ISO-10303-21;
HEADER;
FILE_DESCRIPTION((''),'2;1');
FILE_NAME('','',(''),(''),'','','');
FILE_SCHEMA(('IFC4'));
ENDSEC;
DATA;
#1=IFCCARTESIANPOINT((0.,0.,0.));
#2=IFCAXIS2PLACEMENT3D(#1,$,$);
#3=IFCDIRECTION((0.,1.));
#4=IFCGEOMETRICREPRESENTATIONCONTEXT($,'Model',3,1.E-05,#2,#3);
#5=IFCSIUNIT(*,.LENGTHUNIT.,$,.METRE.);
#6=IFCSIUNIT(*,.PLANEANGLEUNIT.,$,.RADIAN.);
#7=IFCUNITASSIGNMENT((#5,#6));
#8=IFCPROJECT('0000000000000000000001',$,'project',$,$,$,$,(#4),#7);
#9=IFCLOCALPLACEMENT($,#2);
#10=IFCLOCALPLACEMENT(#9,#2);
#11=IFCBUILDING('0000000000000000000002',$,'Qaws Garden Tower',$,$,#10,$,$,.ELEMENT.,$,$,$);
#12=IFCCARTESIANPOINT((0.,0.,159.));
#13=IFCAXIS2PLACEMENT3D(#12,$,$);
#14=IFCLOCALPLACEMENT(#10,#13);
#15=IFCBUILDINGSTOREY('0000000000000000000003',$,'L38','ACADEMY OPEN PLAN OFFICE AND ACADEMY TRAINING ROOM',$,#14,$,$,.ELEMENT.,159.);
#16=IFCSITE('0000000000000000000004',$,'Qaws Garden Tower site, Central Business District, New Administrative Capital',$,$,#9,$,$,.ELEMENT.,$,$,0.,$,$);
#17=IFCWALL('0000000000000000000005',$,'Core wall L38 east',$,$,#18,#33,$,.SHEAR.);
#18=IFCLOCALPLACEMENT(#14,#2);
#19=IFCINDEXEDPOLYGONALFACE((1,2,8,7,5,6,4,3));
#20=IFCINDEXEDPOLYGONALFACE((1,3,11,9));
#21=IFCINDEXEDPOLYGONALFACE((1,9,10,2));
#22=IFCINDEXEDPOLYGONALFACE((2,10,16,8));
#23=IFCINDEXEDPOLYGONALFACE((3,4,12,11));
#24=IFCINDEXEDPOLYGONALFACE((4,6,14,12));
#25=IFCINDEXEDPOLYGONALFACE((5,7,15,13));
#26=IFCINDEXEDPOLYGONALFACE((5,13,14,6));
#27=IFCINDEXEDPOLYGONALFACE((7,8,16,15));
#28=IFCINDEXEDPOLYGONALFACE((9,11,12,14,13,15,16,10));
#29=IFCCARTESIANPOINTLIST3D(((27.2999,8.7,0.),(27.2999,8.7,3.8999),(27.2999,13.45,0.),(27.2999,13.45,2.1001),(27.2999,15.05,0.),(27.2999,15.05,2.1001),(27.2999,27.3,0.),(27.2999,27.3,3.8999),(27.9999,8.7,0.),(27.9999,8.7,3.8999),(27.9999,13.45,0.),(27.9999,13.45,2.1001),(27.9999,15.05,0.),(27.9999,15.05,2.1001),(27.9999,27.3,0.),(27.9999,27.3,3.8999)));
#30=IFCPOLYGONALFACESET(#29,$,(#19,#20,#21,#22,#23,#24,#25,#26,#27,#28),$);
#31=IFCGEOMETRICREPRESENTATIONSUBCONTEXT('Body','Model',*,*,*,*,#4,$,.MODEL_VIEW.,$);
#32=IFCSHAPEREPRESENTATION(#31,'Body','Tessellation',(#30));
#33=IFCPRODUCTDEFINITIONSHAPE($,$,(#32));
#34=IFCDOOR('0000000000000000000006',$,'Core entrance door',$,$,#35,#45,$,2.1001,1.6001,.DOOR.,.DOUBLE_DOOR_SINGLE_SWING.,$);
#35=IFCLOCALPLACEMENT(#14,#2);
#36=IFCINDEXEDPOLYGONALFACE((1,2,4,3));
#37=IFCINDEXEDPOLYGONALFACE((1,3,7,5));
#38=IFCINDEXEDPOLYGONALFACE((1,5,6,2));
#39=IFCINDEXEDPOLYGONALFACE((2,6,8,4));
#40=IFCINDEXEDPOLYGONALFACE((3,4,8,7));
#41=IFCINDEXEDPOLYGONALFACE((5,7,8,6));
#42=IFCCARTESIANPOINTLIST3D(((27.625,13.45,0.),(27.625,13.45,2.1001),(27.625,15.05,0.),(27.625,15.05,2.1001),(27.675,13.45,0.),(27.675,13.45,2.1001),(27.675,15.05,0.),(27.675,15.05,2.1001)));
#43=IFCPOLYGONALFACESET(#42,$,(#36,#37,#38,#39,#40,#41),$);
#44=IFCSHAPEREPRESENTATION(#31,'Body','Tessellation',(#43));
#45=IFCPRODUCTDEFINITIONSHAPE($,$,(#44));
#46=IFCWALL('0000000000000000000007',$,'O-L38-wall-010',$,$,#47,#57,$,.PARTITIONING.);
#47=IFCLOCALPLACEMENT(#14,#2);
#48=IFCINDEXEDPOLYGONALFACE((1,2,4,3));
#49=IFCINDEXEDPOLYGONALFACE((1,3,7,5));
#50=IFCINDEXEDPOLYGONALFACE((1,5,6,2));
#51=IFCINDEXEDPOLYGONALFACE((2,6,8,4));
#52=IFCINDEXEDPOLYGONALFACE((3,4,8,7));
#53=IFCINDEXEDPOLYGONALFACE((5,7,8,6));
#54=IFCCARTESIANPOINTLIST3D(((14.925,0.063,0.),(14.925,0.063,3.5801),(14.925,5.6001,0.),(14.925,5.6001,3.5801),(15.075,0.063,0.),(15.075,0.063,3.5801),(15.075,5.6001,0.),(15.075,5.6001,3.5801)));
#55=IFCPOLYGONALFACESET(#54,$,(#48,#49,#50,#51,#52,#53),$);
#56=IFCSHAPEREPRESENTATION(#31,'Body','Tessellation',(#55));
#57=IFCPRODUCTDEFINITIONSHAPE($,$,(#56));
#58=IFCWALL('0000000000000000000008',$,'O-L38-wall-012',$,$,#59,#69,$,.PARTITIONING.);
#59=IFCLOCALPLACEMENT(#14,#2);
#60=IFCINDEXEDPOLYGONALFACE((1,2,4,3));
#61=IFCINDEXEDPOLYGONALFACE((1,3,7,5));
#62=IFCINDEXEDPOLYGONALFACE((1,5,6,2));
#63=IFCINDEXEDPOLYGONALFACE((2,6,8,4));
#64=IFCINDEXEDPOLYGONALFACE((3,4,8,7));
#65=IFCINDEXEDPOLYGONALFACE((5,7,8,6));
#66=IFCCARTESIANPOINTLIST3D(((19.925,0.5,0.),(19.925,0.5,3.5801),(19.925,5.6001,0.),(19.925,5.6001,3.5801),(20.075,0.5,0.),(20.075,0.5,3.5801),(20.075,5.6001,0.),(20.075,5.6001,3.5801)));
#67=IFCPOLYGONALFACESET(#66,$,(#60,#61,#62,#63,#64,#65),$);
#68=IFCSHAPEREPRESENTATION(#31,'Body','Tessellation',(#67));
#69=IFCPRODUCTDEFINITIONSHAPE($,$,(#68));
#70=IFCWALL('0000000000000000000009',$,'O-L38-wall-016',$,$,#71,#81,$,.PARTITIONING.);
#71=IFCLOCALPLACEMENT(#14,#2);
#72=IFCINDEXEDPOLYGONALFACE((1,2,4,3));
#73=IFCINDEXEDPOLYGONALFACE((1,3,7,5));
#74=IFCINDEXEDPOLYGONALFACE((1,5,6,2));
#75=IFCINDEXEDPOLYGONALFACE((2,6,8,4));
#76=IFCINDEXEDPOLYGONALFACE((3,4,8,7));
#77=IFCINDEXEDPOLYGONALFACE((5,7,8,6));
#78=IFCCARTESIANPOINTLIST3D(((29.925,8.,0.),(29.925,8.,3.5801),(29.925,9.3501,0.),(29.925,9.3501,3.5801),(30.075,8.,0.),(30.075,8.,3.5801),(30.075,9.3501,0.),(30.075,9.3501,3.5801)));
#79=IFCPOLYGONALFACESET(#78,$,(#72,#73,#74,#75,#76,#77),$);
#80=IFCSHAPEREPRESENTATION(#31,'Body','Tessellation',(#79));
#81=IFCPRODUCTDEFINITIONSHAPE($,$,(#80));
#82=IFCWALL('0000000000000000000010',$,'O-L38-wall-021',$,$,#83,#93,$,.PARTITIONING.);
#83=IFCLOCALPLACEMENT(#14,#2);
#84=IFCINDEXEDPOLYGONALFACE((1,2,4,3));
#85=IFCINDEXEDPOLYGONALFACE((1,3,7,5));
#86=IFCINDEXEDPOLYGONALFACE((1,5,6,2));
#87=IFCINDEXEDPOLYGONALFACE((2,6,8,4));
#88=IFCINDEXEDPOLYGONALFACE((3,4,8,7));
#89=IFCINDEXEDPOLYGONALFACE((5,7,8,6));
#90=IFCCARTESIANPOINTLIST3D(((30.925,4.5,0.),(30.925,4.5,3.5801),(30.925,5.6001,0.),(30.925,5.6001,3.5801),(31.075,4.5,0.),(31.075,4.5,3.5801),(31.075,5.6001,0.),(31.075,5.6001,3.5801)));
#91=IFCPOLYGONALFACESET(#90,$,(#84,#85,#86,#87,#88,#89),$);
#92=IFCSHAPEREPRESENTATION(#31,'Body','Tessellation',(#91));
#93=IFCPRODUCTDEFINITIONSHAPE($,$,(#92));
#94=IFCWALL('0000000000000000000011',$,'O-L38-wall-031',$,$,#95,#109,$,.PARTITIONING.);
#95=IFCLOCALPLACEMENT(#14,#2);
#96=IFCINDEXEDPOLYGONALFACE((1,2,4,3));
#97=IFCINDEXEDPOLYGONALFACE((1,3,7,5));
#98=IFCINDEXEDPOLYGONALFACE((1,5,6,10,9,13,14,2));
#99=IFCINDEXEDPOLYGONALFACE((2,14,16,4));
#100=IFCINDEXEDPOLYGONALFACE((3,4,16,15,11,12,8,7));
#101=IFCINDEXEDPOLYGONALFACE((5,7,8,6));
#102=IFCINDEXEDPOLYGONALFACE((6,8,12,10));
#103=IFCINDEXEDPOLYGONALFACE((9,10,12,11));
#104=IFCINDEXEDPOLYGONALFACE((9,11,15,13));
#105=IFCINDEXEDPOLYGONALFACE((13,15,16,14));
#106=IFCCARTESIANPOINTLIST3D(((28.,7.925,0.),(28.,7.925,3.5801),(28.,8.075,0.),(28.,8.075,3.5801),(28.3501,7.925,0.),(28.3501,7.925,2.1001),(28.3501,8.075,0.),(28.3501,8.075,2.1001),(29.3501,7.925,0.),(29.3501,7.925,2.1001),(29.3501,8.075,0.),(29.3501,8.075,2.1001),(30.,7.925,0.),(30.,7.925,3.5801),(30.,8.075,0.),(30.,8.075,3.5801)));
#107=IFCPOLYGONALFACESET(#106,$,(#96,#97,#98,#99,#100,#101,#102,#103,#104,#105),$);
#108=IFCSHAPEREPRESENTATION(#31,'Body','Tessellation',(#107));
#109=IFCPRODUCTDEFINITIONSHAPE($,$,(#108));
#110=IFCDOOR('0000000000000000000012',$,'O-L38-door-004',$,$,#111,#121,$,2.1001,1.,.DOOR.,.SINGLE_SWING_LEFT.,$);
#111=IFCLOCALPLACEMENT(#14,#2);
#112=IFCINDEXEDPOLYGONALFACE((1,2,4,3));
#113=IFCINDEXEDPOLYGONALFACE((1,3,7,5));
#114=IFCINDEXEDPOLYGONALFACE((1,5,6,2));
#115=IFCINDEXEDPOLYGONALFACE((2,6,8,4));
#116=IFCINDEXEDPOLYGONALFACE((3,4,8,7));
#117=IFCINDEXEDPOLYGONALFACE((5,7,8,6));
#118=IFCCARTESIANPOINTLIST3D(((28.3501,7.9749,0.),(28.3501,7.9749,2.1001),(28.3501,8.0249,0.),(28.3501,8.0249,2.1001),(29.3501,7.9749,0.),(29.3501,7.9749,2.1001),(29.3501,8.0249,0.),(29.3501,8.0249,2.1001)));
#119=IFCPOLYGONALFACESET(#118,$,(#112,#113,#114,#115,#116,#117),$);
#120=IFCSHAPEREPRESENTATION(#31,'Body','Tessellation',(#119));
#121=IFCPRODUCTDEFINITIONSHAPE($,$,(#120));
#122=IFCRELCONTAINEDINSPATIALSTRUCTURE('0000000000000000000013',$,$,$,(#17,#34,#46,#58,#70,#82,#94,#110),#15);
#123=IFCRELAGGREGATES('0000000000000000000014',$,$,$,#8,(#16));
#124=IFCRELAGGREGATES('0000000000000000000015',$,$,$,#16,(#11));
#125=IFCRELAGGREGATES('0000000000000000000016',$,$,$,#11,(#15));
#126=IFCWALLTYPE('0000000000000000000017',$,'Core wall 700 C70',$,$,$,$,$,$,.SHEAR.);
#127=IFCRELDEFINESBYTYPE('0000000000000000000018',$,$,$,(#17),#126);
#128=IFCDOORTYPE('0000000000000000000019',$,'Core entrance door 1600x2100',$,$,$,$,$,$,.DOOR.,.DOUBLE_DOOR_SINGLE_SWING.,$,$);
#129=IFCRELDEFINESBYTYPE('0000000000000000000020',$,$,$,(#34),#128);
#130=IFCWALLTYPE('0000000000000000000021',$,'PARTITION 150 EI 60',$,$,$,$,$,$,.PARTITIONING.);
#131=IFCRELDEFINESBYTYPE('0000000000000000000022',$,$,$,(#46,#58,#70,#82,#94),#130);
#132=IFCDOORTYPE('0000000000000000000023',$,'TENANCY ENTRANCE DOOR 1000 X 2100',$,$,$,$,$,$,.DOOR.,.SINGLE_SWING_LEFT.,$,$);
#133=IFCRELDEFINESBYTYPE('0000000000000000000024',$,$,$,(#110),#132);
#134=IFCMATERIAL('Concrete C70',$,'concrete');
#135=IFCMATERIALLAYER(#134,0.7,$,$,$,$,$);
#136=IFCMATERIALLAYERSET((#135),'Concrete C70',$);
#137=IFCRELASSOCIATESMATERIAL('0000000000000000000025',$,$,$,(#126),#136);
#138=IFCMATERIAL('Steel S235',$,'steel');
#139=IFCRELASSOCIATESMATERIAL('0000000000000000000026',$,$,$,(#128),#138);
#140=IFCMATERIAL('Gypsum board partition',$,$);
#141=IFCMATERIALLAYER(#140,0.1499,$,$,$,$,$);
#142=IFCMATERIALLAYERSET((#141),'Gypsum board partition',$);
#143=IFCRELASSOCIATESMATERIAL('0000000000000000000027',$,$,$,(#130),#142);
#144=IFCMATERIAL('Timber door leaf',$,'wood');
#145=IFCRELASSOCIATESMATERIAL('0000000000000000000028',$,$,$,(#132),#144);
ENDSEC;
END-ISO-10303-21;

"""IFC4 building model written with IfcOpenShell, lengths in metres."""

from ifc_helpers import new_model, si_unit, direction, frame, frame_2d, origin, place, context, subcontext, project, spatial, rectangle, extrude, material, layer, layer_set, type_object, element, fill, save


model = new_model("IFC4")

# Units and contexts
model_context = context("Model", 3, precision=1e-05, world=origin(), true_north=direction((0.0, 1.0)))
body_context = subcontext(model_context, "Body", "Model", "MODEL_VIEW")
ifc_project = project(units=[si_unit("LENGTHUNIT", "METRE"), si_unit("PLANEANGLEUNIT", "RADIAN")], contexts=[model_context])

# Site, building, storey
site_placement = place(None, origin())
site = spatial("IfcSite", under=ifc_project, at=site_placement, Name="Qaws Garden Tower site, Central Business District, New Administrative Capital", CompositionType="ELEMENT", RefElevation=0.0)
building_placement = place(site_placement, origin())
building = spatial("IfcBuilding", under=site, at=building_placement, Name="Qaws Garden Tower", CompositionType="ELEMENT")
storey_placement = place(building_placement, frame((0.0, 0.0, 159.0)))
storey = spatial("IfcBuildingStorey", under=building, at=storey_placement, Name="L38", Description="ACADEMY OPEN PLAN OFFICE AND ACADEMY TRAINING ROOM", CompositionType="ELEMENT", Elevation=159.0)

# Wall, opening, door
ifc_material_1 = material(Name="Concrete C70", Category="concrete")
ifc_layer_1 = layer(ifc_material_1, 0.7)
ifc_layer_set_1 = layer_set([ifc_layer_1], Name="Concrete C70")
wall_type_1 = type_object("IfcWallType", Name="Core wall 700 C70", PredefinedType="SHEAR", material=ifc_layer_set_1)
wall_1_placement = place(storey_placement, frame((27.6499, 8.7, 0.0), z_axis=(0.0, 0.0, 1.0), x_axis=(0.0, 1.0, 0.0)))
wall_1 = element("IfcWall", 1, at=wall_1_placement, inside=storey, type_object=wall_type_1, Name="Core wall L38 east", PredefinedType="SHEAR", context=body_context, shape_type="SweptSolid", body=[
    extrude(rectangle(XDim=18.6001, YDim=0.7, at=frame_2d((9.3, 0.0))), origin(), (0.0, 0.0, 1.0), 3.8999),
])
opening_1_placement = place(wall_1_placement, frame((4.75, 0.0, 0.0)))
opening_1 = element("IfcOpeningElement", 2, at=opening_1_placement, cuts=wall_1, PredefinedType="OPENING", context=body_context, shape_type="SweptSolid", body=[
    extrude(rectangle(XDim=1.6001, YDim=2.1001, at=frame_2d((0.8, 1.05))), frame((0.0, 0.3599, 0.0), z_axis=(0.0, -1.0, 0.0), x_axis=(1.0, 0.0, 0.0)), (0.0, 0.0, 1.0), 0.72),
])
ifc_material_2 = material(Name="Steel S235", Category="steel")
door_type_1 = type_object("IfcDoorType", Name="Core entrance door 1600x2100", OperationType="DOUBLE_DOOR_SINGLE_SWING", PredefinedType="DOOR", material=ifc_material_2)
door_1_placement = place(opening_1_placement, origin())
door_1 = element("IfcDoor", 3, at=door_1_placement, inside=storey, type_object=door_type_1, Name="Core entrance door", OperationType="DOUBLE_DOOR_SINGLE_SWING", OverallHeight=2.1001, OverallWidth=1.6001, PredefinedType="DOOR", context=body_context, shape_type="SweptSolid", body=[
    extrude(rectangle(XDim=1.6001, YDim=2.1001, at=frame_2d((0.8, 1.05))), frame((0.0, 0.0249, 0.0), z_axis=(0.0, -1.0, 0.0), x_axis=(1.0, 0.0, 0.0)), (0.0, 0.0, 1.0), 0.05),
])
fill(opening_1, door_1)

# Walls
ifc_material_3 = material(Name="Gypsum board partition")
ifc_layer_2 = layer(ifc_material_3, 0.1499)
ifc_layer_set_2 = layer_set([ifc_layer_2], Name="Gypsum board partition")
wall_type_2 = type_object("IfcWallType", Name="PARTITION 150 EI 60", PredefinedType="PARTITIONING", material=ifc_layer_set_2)
wall_2_placement = place(storey_placement, frame((15.0, 0.063, 0.0), z_axis=(0.0, 0.0, 1.0), x_axis=(0.0, 1.0, 0.0)))
element("IfcWall", 4, at=wall_2_placement, inside=storey, type_object=wall_type_2, Name="O-L38-wall-010", PredefinedType="PARTITIONING", context=body_context, shape_type="SweptSolid", body=[
    extrude(rectangle(XDim=5.5371, YDim=0.1499, at=frame_2d((2.7686, 0.0))), origin(), (0.0, 0.0, 1.0), 3.5801),
])
wall_3_placement = place(storey_placement, frame((20.0, 0.5, 0.0), z_axis=(0.0, 0.0, 1.0), x_axis=(0.0, 1.0, 0.0)))
element("IfcWall", 5, at=wall_3_placement, inside=storey, type_object=wall_type_2, Name="O-L38-wall-012", PredefinedType="PARTITIONING", context=body_context, shape_type="SweptSolid", body=[
    extrude(rectangle(XDim=5.1001, YDim=0.1499, at=frame_2d((2.55, 0.0))), origin(), (0.0, 0.0, 1.0), 3.5801),
])
wall_4_placement = place(storey_placement, frame((30.0, 8.0, 0.0), z_axis=(0.0, 0.0, 1.0), x_axis=(0.0, 1.0, 0.0)))
element("IfcWall", 6, at=wall_4_placement, inside=storey, type_object=wall_type_2, Name="O-L38-wall-016", PredefinedType="PARTITIONING", context=body_context, shape_type="SweptSolid", body=[
    extrude(rectangle(XDim=1.3501, YDim=0.1499, at=frame_2d((0.675, 0.0))), origin(), (0.0, 0.0, 1.0), 3.5801),
])
wall_5_placement = place(storey_placement, frame((31.0, 4.5, 0.0), z_axis=(0.0, 0.0, 1.0), x_axis=(0.0, 1.0, 0.0)))
element("IfcWall", 7, at=wall_5_placement, inside=storey, type_object=wall_type_2, Name="O-L38-wall-021", PredefinedType="PARTITIONING", context=body_context, shape_type="SweptSolid", body=[
    extrude(rectangle(XDim=1.1001, YDim=0.1499, at=frame_2d((0.55, 0.0))), origin(), (0.0, 0.0, 1.0), 3.5801),
])

# Wall, opening, door
wall_6_placement = place(storey_placement, frame((28.0, 8.0, 0.0), z_axis=(0.0, 0.0, 1.0), x_axis=(1.0, 0.0, 0.0)))
wall_6 = element("IfcWall", 8, at=wall_6_placement, inside=storey, type_object=wall_type_2, Name="O-L38-wall-031", PredefinedType="PARTITIONING", context=body_context, shape_type="SweptSolid", body=[
    extrude(rectangle(XDim=2.0, YDim=0.1499, at=frame_2d((1.0, 0.0))), origin(), (0.0, 0.0, 1.0), 3.5801),
])
opening_2_placement = place(wall_6_placement, frame((0.3501, 0.0, 0.0)))
opening_2 = element("IfcOpeningElement", 9, at=opening_2_placement, cuts=wall_6, PredefinedType="OPENING", context=body_context, shape_type="SweptSolid", body=[
    extrude(rectangle(XDim=1.0, YDim=2.1001, at=frame_2d((0.5, 1.05))), frame((0.0, 0.085, 0.0), z_axis=(0.0, -1.0, 0.0), x_axis=(1.0, 0.0, 0.0)), (0.0, 0.0, 1.0), 0.1699),
])
ifc_material_4 = material(Name="Timber door leaf", Category="wood")
door_type_2 = type_object("IfcDoorType", Name="TENANCY ENTRANCE DOOR 1000 X 2100", OperationType="SINGLE_SWING_LEFT", PredefinedType="DOOR", material=ifc_material_4)
door_2_placement = place(opening_2_placement, origin())
door_2 = element("IfcDoor", 10, at=door_2_placement, inside=storey, type_object=door_type_2, Name="O-L38-door-004", OperationType="SINGLE_SWING_LEFT", OverallHeight=2.1001, OverallWidth=1.0, PredefinedType="DOOR", context=body_context, shape_type="SweptSolid", body=[
    extrude(rectangle(XDim=1.0, YDim=2.1001, at=frame_2d((0.5, 1.05))), frame((0.0, 0.0249, 0.0), z_axis=(0.0, -1.0, 0.0), x_axis=(1.0, 0.0, 0.0)), (0.0, 0.0, 1.0), 0.05),
])
fill(opening_2, door_2)

save(model, "model.ifc")
